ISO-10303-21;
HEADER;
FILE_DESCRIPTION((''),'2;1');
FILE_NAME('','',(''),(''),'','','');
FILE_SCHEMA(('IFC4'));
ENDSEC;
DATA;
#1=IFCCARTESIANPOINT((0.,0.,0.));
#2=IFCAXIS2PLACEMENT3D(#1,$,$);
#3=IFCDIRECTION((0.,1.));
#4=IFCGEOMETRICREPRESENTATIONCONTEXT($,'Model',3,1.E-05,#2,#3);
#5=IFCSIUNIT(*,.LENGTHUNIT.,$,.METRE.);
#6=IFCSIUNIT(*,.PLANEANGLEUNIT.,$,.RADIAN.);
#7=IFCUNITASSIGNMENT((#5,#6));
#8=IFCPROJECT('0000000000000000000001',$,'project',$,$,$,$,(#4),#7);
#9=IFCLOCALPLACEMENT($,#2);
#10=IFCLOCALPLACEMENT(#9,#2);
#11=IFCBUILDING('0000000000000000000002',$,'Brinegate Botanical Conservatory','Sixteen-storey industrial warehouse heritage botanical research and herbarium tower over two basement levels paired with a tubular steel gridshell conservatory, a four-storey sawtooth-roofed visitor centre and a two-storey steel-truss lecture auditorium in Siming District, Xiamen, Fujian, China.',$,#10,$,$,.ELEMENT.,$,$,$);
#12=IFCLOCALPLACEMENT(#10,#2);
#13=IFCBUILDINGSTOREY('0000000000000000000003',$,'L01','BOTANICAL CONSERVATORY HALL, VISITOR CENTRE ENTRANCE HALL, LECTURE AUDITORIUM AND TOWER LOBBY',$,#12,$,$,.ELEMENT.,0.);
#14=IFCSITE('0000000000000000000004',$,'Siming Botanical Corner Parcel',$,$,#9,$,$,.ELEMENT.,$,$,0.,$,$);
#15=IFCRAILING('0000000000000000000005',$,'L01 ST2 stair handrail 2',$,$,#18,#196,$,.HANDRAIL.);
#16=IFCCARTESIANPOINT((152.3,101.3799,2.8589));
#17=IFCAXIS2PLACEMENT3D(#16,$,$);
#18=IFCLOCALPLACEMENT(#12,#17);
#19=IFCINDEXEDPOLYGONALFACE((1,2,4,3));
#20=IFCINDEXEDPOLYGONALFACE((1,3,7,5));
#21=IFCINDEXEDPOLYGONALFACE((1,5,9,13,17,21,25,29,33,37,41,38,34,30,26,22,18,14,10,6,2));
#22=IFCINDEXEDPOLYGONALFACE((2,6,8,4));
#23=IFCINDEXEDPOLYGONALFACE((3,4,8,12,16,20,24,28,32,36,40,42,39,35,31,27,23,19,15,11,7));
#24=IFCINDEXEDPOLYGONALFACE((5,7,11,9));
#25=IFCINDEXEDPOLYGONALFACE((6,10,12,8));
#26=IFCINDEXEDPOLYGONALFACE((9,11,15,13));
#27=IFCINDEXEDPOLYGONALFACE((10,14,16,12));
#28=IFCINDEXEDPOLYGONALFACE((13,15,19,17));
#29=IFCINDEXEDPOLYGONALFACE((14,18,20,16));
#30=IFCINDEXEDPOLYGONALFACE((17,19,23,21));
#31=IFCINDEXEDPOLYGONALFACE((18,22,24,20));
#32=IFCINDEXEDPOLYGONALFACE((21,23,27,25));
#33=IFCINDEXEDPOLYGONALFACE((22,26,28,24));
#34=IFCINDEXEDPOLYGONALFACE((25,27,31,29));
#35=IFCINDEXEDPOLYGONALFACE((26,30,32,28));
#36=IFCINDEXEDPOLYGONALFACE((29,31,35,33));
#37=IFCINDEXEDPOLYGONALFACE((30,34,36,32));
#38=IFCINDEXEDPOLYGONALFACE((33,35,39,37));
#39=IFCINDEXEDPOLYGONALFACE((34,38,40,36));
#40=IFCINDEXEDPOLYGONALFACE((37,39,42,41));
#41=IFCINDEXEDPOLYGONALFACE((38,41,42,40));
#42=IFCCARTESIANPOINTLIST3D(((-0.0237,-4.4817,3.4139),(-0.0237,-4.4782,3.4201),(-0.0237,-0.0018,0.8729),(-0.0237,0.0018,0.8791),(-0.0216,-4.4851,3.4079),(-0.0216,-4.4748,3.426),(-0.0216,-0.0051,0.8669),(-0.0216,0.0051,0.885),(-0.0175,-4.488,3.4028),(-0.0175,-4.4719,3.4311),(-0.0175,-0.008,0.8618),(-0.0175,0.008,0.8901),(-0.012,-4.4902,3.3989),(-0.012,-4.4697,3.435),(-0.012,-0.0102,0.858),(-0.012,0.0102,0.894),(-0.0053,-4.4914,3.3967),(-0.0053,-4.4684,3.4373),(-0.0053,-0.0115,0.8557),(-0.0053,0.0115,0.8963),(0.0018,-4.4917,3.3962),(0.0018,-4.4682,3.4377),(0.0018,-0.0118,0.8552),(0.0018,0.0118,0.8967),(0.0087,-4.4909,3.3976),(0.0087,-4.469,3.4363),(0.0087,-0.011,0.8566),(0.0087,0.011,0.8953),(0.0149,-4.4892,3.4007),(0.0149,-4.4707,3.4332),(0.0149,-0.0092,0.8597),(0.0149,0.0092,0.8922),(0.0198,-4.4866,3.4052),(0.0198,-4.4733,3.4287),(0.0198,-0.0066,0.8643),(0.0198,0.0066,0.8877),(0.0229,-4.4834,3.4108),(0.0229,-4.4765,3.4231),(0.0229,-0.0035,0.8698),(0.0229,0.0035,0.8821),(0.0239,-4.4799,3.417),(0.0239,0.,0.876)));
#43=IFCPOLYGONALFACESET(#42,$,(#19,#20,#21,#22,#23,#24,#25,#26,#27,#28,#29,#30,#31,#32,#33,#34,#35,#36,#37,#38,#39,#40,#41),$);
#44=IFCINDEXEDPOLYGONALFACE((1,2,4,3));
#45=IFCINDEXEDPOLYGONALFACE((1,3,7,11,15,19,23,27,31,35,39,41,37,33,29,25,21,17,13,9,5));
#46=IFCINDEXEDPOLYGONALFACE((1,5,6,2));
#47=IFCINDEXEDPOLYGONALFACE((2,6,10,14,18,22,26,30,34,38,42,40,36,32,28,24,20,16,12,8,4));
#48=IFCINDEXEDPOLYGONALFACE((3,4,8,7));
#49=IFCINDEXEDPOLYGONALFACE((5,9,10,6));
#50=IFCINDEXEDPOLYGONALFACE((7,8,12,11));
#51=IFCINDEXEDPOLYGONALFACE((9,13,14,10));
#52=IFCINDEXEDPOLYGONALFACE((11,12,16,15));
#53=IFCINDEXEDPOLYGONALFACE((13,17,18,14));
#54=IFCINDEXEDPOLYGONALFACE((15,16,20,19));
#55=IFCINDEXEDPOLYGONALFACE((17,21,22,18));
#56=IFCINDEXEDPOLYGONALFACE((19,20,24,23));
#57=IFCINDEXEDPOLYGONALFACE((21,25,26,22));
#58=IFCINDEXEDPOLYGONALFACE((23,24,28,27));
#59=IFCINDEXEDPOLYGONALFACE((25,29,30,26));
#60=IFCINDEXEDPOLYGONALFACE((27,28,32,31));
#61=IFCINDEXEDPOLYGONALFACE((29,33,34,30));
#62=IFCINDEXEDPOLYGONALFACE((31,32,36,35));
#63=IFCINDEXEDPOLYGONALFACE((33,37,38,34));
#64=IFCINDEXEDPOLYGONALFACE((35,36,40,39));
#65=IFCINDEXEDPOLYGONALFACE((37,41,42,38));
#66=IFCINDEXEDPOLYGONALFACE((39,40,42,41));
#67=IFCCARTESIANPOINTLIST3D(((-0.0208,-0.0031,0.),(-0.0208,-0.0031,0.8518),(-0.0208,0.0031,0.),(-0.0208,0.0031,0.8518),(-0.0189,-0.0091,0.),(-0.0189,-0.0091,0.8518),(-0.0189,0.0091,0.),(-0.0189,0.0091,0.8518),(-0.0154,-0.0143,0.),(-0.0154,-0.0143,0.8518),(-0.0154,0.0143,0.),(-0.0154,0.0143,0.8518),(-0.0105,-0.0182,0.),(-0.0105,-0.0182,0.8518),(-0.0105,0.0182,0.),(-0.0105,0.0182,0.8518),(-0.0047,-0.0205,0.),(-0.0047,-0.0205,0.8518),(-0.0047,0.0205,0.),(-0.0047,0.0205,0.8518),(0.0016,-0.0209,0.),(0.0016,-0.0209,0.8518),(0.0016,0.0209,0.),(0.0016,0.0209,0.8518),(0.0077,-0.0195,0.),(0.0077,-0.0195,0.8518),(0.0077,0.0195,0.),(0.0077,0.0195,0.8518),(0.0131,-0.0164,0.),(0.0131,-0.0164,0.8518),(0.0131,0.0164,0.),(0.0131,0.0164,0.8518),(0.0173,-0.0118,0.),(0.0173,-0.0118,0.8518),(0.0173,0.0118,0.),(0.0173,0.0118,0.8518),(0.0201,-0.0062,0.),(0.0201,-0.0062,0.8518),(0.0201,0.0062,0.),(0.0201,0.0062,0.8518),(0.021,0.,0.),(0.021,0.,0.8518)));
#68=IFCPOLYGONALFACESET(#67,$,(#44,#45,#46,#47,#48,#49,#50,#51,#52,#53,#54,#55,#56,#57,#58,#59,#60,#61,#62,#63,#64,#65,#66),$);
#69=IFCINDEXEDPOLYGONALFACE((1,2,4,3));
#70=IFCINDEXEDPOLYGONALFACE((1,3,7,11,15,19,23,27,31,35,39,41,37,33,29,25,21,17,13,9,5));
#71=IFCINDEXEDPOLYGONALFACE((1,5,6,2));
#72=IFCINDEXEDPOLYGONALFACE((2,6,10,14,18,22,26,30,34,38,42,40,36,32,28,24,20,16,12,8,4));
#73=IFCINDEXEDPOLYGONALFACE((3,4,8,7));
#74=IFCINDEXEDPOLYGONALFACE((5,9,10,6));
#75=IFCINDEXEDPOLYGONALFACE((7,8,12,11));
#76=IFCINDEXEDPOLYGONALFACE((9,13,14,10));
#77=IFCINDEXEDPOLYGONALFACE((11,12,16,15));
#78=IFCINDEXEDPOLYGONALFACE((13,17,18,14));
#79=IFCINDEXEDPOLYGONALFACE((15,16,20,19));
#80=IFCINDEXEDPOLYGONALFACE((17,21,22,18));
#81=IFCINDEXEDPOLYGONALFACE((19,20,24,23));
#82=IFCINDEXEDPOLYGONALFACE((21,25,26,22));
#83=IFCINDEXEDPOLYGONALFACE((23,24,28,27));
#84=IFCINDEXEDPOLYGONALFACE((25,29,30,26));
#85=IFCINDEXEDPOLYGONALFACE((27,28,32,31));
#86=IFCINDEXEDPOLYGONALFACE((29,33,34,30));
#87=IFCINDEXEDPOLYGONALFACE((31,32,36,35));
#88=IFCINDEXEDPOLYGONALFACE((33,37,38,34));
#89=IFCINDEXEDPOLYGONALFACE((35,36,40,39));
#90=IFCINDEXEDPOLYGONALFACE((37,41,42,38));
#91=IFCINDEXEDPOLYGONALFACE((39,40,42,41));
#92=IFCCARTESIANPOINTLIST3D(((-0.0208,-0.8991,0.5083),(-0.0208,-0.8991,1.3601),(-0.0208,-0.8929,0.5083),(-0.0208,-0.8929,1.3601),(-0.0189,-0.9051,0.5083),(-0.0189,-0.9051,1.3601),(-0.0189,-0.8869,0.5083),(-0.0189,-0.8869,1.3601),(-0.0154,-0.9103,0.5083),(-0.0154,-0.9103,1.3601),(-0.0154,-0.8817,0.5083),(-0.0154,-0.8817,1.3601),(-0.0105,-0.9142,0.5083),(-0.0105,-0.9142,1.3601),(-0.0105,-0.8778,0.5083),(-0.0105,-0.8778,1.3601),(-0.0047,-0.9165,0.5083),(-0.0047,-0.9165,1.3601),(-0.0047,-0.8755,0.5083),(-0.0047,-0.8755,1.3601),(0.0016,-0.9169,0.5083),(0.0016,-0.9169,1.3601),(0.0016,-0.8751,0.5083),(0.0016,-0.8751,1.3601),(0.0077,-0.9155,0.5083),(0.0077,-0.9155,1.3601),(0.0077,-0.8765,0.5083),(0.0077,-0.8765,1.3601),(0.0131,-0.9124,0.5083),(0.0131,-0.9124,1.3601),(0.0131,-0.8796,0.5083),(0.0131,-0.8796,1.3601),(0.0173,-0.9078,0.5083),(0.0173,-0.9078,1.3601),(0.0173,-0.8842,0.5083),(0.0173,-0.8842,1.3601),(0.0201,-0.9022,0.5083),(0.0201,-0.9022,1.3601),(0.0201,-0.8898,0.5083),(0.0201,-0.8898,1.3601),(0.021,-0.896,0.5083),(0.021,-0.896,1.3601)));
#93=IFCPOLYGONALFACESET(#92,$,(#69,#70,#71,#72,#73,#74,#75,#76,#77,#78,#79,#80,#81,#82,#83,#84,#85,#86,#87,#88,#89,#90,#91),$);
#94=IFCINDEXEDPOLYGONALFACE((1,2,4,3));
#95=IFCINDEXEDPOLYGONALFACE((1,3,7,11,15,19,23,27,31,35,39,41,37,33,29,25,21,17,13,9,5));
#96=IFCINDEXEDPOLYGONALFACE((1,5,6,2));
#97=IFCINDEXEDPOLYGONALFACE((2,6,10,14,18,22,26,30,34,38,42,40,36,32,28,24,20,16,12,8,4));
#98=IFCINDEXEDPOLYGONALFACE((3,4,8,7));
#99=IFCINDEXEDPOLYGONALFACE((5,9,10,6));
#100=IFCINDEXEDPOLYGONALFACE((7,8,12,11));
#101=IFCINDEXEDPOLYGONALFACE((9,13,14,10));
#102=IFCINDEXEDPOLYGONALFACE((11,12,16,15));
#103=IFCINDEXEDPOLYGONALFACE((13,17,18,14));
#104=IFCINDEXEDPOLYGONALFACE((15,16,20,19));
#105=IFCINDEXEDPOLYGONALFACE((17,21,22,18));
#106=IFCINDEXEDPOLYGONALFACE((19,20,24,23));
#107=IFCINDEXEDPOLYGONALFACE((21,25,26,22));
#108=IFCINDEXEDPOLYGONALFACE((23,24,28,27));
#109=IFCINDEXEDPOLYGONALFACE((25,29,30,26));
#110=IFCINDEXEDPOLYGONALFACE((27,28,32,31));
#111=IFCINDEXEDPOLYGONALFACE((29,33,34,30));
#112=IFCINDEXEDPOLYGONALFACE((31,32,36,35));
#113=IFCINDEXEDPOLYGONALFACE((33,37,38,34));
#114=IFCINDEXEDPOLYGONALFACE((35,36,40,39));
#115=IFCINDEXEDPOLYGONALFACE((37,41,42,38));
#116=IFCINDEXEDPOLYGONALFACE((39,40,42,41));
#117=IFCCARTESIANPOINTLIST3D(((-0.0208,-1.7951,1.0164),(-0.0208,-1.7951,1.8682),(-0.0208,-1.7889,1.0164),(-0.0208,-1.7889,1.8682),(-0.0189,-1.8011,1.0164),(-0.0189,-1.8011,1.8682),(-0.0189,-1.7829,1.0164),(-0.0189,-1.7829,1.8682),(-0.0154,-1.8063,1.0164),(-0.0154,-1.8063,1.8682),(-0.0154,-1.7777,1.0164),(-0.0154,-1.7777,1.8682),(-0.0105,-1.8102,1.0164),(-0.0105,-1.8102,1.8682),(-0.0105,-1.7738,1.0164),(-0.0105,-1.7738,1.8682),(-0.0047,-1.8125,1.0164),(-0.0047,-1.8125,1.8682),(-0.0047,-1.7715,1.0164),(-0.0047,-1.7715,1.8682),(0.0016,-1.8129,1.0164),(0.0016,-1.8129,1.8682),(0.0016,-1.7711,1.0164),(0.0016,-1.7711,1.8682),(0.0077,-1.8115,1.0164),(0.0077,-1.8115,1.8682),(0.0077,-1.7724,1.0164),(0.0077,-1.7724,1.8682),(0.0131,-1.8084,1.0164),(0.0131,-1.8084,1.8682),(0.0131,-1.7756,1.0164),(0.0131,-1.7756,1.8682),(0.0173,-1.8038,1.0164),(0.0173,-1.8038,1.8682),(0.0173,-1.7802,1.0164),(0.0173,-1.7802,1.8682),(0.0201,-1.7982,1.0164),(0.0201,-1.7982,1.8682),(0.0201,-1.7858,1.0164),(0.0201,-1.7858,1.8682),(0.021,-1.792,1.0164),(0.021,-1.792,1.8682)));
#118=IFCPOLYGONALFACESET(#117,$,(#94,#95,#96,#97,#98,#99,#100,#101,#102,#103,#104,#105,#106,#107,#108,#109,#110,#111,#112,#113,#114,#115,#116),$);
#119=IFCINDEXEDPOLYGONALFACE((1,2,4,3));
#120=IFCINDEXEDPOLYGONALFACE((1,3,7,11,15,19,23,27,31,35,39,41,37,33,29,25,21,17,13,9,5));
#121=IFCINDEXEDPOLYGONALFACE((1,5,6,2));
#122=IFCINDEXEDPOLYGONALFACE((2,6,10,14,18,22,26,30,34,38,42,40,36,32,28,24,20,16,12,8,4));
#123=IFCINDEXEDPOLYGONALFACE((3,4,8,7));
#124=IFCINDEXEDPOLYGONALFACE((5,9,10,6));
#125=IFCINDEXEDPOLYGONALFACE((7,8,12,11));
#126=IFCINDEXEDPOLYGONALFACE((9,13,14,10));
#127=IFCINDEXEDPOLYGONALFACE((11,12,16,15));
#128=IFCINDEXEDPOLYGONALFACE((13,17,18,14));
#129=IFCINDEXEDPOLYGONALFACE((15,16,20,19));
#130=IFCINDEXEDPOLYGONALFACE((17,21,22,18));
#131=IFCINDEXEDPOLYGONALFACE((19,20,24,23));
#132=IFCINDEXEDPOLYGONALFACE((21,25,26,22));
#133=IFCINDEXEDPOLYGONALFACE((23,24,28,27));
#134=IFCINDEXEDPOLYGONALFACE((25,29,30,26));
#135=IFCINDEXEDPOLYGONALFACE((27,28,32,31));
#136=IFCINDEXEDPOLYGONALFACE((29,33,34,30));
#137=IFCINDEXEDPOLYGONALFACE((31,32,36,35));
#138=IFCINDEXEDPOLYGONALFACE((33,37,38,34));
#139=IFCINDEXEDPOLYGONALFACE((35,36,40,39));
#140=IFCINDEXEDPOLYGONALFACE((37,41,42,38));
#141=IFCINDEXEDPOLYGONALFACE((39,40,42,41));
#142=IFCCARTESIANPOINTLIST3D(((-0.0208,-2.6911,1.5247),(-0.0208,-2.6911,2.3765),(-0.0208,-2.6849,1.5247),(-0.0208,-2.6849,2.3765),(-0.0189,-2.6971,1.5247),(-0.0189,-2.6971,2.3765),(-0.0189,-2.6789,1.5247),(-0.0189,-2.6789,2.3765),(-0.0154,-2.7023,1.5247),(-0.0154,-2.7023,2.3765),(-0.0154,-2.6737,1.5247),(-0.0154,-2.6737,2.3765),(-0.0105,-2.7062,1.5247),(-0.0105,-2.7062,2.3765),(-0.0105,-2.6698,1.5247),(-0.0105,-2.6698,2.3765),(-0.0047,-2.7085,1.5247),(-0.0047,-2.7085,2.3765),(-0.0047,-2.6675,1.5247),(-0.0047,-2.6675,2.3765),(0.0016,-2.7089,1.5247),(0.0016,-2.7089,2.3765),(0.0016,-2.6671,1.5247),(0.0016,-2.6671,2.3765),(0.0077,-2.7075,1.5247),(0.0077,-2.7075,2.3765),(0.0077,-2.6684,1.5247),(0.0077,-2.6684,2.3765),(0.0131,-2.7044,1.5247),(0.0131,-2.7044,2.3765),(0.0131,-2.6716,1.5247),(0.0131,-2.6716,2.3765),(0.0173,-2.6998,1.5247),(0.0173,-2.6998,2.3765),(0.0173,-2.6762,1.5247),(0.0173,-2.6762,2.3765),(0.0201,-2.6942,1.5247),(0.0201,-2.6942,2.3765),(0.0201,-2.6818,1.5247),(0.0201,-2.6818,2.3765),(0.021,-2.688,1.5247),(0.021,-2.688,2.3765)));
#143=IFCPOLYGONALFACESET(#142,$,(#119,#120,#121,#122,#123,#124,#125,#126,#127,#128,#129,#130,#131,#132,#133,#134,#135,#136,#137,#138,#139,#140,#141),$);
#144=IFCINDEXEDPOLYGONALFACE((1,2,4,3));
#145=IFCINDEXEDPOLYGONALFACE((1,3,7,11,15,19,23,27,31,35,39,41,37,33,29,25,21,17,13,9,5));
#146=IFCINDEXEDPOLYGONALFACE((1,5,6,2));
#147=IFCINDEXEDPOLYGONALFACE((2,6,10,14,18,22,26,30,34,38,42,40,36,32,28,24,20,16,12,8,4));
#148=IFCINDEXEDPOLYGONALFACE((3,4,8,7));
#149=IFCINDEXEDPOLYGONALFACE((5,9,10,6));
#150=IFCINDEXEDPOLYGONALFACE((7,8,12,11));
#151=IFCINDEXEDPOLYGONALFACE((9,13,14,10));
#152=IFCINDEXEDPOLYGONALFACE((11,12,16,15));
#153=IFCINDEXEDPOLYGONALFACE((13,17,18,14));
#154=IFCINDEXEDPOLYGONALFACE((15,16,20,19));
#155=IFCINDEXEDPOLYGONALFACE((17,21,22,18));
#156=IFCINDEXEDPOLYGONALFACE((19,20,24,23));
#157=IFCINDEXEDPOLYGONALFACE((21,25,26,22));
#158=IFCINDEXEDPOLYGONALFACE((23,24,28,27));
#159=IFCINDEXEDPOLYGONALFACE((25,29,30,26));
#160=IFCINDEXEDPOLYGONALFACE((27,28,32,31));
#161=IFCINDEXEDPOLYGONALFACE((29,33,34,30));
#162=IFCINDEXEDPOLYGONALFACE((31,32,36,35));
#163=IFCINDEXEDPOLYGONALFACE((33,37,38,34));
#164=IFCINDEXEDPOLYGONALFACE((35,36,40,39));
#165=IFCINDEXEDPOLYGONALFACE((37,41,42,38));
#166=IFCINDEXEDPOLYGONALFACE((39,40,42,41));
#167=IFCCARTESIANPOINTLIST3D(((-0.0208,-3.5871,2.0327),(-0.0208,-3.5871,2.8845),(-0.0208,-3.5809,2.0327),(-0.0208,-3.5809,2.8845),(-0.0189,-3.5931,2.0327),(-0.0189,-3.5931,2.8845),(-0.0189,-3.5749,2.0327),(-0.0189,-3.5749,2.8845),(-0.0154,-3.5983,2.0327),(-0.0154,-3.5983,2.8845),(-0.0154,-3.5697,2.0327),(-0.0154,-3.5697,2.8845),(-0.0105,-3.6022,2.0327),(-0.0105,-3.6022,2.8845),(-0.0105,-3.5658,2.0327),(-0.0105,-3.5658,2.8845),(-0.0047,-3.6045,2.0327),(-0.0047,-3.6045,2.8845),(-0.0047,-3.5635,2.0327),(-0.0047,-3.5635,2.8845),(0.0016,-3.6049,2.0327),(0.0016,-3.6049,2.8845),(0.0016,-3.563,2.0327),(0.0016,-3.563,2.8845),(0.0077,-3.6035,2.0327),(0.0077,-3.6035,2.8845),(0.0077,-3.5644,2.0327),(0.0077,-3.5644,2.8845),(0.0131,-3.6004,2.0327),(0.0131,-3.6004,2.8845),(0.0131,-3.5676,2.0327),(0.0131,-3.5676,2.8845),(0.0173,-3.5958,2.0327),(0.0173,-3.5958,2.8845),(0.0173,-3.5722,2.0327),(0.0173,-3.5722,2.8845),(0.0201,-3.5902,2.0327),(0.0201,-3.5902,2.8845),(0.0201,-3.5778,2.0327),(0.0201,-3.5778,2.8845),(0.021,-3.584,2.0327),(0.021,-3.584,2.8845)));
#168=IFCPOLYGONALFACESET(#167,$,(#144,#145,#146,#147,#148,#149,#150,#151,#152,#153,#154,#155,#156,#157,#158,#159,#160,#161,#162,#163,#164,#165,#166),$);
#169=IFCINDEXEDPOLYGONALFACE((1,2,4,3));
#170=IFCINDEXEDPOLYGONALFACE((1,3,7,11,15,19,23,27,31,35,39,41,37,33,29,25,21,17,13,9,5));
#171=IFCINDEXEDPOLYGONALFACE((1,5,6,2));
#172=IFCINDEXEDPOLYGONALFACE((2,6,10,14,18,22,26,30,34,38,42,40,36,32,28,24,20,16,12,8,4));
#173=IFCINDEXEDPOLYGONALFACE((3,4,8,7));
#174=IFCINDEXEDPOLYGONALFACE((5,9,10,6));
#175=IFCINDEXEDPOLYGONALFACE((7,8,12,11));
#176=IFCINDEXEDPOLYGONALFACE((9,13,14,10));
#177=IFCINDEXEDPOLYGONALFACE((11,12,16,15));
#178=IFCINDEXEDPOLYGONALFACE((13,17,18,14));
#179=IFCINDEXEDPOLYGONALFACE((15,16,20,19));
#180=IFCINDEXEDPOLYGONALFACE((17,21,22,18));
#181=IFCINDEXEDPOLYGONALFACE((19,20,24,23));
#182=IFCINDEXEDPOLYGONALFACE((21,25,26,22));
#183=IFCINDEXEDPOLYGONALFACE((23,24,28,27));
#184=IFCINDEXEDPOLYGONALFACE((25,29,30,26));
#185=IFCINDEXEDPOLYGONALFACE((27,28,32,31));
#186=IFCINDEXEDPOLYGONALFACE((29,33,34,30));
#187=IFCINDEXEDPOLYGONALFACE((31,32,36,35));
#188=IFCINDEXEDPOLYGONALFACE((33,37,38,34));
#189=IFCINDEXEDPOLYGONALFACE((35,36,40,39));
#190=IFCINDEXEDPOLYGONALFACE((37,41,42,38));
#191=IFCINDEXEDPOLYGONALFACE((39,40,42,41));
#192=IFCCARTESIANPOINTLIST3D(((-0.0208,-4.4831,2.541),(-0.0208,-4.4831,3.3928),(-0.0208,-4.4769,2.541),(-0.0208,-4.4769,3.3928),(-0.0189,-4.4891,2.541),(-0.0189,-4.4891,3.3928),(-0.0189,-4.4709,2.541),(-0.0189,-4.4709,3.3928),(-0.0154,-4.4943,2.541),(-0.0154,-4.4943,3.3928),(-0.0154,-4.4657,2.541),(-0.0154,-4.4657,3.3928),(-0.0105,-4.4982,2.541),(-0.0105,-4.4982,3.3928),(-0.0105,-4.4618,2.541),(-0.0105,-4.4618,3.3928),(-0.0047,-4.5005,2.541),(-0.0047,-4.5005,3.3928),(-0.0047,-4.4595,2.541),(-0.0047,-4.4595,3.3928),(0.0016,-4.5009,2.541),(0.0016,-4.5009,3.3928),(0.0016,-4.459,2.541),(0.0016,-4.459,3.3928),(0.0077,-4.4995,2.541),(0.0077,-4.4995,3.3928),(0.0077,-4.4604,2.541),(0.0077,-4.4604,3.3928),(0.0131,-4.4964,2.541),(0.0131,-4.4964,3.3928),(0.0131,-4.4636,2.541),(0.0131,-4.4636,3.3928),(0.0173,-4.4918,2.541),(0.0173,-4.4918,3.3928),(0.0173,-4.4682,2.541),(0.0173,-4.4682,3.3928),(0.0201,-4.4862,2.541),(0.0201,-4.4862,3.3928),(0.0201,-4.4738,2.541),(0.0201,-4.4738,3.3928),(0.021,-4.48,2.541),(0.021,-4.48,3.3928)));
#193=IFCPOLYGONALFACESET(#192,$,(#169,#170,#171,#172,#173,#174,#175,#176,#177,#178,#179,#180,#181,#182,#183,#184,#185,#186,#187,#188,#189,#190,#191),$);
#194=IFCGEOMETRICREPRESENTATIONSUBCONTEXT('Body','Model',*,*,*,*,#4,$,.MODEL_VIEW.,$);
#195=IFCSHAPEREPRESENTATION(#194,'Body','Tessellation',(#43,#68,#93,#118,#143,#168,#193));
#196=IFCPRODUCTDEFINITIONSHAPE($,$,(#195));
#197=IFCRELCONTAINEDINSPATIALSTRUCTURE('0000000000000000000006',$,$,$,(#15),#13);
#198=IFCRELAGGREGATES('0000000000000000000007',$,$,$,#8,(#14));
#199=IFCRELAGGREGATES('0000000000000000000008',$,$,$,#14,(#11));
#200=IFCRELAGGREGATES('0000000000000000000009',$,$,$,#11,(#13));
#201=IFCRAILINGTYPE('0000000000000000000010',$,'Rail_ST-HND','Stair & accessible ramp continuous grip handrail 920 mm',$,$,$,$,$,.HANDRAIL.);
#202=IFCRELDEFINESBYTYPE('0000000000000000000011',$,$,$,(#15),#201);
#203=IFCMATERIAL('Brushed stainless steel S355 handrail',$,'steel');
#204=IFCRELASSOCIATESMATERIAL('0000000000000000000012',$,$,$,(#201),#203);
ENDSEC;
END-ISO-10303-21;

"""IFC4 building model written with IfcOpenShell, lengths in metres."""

from ifc_helpers import new_model, si_unit, direction, frame, origin, origin_2d, place, context, subcontext, project, spatial, circle, extrude, material, type_object, element, save


model = new_model("IFC4")

# Units and contexts
model_context = context("Model", 3, precision=1e-05, world=origin(), true_north=direction((0.0, 1.0)))
body_context = subcontext(model_context, "Body", "Model", "MODEL_VIEW")
ifc_project = project(units=[si_unit("LENGTHUNIT", "METRE"), si_unit("PLANEANGLEUNIT", "RADIAN")], contexts=[model_context])

# Site, building, storey
site_placement = place(None, origin())
site = spatial("IfcSite", under=ifc_project, at=site_placement, Name="Siming Botanical Corner Parcel", CompositionType="ELEMENT", RefElevation=0.0)
building_placement = place(site_placement, origin())
building = spatial("IfcBuilding", under=site, at=building_placement, Name="Brinegate Botanical Conservatory", Description="Sixteen-storey industrial warehouse heritage botanical research and herbarium tower over two basement levels paired with a tubular steel gridshell conservatory, a four-storey sawtooth-roofed visitor centre and a two-storey steel-truss lecture auditorium in Siming District, Xiamen, Fujian, China.", CompositionType="ELEMENT")
storey_placement = place(building_placement, origin())
storey = spatial("IfcBuildingStorey", under=building, at=storey_placement, Name="L01", Description="BOTANICAL CONSERVATORY HALL, VISITOR CENTRE ENTRANCE HALL, LECTURE AUDITORIUM AND TOWER LOBBY", CompositionType="ELEMENT", Elevation=0.0)

# Railing
ifc_material_1 = material(Name="Brushed stainless steel S355 handrail", Category="steel")
railing_type_1 = type_object("IfcRailingType", Name="Rail_ST-HND", Description="Stair & accessible ramp continuous grip handrail 920 mm", PredefinedType="HANDRAIL", material=ifc_material_1)
railing_1_placement = place(storey_placement, frame((152.3, 101.3799, 2.8589)))
element("IfcRailing", 1, at=railing_1_placement, inside=storey, type_object=railing_type_1, Name="L01 ST2 stair handrail 2", PredefinedType="HANDRAIL", context=body_context, shape_type="SweptSolid", body=[
    extrude(circle(Radius=0.0239, at=origin_2d()), frame((0.0, 0.0, 0.876), z_axis=(0.0, -0.869826, 0.493359), x_axis=(1.0, 0.0, 0.0)), (0.0, 0.0, 1.0), 5.1504),
    extrude(circle(Radius=0.021, at=origin_2d()), origin(), (0.0, 0.0, 1.0), 0.8518),
    extrude(circle(Radius=0.021, at=origin_2d()), frame((0.0, -0.896, 0.5083)), (0.0, 0.0, 1.0), 0.8518),
    extrude(circle(Radius=0.021, at=origin_2d()), frame((0.0, -1.792, 1.0164)), (0.0, 0.0, 1.0), 0.8518),
    extrude(circle(Radius=0.021, at=origin_2d()), frame((0.0, -2.688, 1.5247)), (0.0, 0.0, 1.0), 0.8518),
    extrude(circle(Radius=0.021, at=origin_2d()), frame((0.0, -3.584, 2.0327)), (0.0, 0.0, 1.0), 0.8518),
    extrude(circle(Radius=0.021, at=origin_2d()), frame((0.0, -4.48, 2.541)), (0.0, 0.0, 1.0), 0.8518),
])

save(model, "model.ifc")
